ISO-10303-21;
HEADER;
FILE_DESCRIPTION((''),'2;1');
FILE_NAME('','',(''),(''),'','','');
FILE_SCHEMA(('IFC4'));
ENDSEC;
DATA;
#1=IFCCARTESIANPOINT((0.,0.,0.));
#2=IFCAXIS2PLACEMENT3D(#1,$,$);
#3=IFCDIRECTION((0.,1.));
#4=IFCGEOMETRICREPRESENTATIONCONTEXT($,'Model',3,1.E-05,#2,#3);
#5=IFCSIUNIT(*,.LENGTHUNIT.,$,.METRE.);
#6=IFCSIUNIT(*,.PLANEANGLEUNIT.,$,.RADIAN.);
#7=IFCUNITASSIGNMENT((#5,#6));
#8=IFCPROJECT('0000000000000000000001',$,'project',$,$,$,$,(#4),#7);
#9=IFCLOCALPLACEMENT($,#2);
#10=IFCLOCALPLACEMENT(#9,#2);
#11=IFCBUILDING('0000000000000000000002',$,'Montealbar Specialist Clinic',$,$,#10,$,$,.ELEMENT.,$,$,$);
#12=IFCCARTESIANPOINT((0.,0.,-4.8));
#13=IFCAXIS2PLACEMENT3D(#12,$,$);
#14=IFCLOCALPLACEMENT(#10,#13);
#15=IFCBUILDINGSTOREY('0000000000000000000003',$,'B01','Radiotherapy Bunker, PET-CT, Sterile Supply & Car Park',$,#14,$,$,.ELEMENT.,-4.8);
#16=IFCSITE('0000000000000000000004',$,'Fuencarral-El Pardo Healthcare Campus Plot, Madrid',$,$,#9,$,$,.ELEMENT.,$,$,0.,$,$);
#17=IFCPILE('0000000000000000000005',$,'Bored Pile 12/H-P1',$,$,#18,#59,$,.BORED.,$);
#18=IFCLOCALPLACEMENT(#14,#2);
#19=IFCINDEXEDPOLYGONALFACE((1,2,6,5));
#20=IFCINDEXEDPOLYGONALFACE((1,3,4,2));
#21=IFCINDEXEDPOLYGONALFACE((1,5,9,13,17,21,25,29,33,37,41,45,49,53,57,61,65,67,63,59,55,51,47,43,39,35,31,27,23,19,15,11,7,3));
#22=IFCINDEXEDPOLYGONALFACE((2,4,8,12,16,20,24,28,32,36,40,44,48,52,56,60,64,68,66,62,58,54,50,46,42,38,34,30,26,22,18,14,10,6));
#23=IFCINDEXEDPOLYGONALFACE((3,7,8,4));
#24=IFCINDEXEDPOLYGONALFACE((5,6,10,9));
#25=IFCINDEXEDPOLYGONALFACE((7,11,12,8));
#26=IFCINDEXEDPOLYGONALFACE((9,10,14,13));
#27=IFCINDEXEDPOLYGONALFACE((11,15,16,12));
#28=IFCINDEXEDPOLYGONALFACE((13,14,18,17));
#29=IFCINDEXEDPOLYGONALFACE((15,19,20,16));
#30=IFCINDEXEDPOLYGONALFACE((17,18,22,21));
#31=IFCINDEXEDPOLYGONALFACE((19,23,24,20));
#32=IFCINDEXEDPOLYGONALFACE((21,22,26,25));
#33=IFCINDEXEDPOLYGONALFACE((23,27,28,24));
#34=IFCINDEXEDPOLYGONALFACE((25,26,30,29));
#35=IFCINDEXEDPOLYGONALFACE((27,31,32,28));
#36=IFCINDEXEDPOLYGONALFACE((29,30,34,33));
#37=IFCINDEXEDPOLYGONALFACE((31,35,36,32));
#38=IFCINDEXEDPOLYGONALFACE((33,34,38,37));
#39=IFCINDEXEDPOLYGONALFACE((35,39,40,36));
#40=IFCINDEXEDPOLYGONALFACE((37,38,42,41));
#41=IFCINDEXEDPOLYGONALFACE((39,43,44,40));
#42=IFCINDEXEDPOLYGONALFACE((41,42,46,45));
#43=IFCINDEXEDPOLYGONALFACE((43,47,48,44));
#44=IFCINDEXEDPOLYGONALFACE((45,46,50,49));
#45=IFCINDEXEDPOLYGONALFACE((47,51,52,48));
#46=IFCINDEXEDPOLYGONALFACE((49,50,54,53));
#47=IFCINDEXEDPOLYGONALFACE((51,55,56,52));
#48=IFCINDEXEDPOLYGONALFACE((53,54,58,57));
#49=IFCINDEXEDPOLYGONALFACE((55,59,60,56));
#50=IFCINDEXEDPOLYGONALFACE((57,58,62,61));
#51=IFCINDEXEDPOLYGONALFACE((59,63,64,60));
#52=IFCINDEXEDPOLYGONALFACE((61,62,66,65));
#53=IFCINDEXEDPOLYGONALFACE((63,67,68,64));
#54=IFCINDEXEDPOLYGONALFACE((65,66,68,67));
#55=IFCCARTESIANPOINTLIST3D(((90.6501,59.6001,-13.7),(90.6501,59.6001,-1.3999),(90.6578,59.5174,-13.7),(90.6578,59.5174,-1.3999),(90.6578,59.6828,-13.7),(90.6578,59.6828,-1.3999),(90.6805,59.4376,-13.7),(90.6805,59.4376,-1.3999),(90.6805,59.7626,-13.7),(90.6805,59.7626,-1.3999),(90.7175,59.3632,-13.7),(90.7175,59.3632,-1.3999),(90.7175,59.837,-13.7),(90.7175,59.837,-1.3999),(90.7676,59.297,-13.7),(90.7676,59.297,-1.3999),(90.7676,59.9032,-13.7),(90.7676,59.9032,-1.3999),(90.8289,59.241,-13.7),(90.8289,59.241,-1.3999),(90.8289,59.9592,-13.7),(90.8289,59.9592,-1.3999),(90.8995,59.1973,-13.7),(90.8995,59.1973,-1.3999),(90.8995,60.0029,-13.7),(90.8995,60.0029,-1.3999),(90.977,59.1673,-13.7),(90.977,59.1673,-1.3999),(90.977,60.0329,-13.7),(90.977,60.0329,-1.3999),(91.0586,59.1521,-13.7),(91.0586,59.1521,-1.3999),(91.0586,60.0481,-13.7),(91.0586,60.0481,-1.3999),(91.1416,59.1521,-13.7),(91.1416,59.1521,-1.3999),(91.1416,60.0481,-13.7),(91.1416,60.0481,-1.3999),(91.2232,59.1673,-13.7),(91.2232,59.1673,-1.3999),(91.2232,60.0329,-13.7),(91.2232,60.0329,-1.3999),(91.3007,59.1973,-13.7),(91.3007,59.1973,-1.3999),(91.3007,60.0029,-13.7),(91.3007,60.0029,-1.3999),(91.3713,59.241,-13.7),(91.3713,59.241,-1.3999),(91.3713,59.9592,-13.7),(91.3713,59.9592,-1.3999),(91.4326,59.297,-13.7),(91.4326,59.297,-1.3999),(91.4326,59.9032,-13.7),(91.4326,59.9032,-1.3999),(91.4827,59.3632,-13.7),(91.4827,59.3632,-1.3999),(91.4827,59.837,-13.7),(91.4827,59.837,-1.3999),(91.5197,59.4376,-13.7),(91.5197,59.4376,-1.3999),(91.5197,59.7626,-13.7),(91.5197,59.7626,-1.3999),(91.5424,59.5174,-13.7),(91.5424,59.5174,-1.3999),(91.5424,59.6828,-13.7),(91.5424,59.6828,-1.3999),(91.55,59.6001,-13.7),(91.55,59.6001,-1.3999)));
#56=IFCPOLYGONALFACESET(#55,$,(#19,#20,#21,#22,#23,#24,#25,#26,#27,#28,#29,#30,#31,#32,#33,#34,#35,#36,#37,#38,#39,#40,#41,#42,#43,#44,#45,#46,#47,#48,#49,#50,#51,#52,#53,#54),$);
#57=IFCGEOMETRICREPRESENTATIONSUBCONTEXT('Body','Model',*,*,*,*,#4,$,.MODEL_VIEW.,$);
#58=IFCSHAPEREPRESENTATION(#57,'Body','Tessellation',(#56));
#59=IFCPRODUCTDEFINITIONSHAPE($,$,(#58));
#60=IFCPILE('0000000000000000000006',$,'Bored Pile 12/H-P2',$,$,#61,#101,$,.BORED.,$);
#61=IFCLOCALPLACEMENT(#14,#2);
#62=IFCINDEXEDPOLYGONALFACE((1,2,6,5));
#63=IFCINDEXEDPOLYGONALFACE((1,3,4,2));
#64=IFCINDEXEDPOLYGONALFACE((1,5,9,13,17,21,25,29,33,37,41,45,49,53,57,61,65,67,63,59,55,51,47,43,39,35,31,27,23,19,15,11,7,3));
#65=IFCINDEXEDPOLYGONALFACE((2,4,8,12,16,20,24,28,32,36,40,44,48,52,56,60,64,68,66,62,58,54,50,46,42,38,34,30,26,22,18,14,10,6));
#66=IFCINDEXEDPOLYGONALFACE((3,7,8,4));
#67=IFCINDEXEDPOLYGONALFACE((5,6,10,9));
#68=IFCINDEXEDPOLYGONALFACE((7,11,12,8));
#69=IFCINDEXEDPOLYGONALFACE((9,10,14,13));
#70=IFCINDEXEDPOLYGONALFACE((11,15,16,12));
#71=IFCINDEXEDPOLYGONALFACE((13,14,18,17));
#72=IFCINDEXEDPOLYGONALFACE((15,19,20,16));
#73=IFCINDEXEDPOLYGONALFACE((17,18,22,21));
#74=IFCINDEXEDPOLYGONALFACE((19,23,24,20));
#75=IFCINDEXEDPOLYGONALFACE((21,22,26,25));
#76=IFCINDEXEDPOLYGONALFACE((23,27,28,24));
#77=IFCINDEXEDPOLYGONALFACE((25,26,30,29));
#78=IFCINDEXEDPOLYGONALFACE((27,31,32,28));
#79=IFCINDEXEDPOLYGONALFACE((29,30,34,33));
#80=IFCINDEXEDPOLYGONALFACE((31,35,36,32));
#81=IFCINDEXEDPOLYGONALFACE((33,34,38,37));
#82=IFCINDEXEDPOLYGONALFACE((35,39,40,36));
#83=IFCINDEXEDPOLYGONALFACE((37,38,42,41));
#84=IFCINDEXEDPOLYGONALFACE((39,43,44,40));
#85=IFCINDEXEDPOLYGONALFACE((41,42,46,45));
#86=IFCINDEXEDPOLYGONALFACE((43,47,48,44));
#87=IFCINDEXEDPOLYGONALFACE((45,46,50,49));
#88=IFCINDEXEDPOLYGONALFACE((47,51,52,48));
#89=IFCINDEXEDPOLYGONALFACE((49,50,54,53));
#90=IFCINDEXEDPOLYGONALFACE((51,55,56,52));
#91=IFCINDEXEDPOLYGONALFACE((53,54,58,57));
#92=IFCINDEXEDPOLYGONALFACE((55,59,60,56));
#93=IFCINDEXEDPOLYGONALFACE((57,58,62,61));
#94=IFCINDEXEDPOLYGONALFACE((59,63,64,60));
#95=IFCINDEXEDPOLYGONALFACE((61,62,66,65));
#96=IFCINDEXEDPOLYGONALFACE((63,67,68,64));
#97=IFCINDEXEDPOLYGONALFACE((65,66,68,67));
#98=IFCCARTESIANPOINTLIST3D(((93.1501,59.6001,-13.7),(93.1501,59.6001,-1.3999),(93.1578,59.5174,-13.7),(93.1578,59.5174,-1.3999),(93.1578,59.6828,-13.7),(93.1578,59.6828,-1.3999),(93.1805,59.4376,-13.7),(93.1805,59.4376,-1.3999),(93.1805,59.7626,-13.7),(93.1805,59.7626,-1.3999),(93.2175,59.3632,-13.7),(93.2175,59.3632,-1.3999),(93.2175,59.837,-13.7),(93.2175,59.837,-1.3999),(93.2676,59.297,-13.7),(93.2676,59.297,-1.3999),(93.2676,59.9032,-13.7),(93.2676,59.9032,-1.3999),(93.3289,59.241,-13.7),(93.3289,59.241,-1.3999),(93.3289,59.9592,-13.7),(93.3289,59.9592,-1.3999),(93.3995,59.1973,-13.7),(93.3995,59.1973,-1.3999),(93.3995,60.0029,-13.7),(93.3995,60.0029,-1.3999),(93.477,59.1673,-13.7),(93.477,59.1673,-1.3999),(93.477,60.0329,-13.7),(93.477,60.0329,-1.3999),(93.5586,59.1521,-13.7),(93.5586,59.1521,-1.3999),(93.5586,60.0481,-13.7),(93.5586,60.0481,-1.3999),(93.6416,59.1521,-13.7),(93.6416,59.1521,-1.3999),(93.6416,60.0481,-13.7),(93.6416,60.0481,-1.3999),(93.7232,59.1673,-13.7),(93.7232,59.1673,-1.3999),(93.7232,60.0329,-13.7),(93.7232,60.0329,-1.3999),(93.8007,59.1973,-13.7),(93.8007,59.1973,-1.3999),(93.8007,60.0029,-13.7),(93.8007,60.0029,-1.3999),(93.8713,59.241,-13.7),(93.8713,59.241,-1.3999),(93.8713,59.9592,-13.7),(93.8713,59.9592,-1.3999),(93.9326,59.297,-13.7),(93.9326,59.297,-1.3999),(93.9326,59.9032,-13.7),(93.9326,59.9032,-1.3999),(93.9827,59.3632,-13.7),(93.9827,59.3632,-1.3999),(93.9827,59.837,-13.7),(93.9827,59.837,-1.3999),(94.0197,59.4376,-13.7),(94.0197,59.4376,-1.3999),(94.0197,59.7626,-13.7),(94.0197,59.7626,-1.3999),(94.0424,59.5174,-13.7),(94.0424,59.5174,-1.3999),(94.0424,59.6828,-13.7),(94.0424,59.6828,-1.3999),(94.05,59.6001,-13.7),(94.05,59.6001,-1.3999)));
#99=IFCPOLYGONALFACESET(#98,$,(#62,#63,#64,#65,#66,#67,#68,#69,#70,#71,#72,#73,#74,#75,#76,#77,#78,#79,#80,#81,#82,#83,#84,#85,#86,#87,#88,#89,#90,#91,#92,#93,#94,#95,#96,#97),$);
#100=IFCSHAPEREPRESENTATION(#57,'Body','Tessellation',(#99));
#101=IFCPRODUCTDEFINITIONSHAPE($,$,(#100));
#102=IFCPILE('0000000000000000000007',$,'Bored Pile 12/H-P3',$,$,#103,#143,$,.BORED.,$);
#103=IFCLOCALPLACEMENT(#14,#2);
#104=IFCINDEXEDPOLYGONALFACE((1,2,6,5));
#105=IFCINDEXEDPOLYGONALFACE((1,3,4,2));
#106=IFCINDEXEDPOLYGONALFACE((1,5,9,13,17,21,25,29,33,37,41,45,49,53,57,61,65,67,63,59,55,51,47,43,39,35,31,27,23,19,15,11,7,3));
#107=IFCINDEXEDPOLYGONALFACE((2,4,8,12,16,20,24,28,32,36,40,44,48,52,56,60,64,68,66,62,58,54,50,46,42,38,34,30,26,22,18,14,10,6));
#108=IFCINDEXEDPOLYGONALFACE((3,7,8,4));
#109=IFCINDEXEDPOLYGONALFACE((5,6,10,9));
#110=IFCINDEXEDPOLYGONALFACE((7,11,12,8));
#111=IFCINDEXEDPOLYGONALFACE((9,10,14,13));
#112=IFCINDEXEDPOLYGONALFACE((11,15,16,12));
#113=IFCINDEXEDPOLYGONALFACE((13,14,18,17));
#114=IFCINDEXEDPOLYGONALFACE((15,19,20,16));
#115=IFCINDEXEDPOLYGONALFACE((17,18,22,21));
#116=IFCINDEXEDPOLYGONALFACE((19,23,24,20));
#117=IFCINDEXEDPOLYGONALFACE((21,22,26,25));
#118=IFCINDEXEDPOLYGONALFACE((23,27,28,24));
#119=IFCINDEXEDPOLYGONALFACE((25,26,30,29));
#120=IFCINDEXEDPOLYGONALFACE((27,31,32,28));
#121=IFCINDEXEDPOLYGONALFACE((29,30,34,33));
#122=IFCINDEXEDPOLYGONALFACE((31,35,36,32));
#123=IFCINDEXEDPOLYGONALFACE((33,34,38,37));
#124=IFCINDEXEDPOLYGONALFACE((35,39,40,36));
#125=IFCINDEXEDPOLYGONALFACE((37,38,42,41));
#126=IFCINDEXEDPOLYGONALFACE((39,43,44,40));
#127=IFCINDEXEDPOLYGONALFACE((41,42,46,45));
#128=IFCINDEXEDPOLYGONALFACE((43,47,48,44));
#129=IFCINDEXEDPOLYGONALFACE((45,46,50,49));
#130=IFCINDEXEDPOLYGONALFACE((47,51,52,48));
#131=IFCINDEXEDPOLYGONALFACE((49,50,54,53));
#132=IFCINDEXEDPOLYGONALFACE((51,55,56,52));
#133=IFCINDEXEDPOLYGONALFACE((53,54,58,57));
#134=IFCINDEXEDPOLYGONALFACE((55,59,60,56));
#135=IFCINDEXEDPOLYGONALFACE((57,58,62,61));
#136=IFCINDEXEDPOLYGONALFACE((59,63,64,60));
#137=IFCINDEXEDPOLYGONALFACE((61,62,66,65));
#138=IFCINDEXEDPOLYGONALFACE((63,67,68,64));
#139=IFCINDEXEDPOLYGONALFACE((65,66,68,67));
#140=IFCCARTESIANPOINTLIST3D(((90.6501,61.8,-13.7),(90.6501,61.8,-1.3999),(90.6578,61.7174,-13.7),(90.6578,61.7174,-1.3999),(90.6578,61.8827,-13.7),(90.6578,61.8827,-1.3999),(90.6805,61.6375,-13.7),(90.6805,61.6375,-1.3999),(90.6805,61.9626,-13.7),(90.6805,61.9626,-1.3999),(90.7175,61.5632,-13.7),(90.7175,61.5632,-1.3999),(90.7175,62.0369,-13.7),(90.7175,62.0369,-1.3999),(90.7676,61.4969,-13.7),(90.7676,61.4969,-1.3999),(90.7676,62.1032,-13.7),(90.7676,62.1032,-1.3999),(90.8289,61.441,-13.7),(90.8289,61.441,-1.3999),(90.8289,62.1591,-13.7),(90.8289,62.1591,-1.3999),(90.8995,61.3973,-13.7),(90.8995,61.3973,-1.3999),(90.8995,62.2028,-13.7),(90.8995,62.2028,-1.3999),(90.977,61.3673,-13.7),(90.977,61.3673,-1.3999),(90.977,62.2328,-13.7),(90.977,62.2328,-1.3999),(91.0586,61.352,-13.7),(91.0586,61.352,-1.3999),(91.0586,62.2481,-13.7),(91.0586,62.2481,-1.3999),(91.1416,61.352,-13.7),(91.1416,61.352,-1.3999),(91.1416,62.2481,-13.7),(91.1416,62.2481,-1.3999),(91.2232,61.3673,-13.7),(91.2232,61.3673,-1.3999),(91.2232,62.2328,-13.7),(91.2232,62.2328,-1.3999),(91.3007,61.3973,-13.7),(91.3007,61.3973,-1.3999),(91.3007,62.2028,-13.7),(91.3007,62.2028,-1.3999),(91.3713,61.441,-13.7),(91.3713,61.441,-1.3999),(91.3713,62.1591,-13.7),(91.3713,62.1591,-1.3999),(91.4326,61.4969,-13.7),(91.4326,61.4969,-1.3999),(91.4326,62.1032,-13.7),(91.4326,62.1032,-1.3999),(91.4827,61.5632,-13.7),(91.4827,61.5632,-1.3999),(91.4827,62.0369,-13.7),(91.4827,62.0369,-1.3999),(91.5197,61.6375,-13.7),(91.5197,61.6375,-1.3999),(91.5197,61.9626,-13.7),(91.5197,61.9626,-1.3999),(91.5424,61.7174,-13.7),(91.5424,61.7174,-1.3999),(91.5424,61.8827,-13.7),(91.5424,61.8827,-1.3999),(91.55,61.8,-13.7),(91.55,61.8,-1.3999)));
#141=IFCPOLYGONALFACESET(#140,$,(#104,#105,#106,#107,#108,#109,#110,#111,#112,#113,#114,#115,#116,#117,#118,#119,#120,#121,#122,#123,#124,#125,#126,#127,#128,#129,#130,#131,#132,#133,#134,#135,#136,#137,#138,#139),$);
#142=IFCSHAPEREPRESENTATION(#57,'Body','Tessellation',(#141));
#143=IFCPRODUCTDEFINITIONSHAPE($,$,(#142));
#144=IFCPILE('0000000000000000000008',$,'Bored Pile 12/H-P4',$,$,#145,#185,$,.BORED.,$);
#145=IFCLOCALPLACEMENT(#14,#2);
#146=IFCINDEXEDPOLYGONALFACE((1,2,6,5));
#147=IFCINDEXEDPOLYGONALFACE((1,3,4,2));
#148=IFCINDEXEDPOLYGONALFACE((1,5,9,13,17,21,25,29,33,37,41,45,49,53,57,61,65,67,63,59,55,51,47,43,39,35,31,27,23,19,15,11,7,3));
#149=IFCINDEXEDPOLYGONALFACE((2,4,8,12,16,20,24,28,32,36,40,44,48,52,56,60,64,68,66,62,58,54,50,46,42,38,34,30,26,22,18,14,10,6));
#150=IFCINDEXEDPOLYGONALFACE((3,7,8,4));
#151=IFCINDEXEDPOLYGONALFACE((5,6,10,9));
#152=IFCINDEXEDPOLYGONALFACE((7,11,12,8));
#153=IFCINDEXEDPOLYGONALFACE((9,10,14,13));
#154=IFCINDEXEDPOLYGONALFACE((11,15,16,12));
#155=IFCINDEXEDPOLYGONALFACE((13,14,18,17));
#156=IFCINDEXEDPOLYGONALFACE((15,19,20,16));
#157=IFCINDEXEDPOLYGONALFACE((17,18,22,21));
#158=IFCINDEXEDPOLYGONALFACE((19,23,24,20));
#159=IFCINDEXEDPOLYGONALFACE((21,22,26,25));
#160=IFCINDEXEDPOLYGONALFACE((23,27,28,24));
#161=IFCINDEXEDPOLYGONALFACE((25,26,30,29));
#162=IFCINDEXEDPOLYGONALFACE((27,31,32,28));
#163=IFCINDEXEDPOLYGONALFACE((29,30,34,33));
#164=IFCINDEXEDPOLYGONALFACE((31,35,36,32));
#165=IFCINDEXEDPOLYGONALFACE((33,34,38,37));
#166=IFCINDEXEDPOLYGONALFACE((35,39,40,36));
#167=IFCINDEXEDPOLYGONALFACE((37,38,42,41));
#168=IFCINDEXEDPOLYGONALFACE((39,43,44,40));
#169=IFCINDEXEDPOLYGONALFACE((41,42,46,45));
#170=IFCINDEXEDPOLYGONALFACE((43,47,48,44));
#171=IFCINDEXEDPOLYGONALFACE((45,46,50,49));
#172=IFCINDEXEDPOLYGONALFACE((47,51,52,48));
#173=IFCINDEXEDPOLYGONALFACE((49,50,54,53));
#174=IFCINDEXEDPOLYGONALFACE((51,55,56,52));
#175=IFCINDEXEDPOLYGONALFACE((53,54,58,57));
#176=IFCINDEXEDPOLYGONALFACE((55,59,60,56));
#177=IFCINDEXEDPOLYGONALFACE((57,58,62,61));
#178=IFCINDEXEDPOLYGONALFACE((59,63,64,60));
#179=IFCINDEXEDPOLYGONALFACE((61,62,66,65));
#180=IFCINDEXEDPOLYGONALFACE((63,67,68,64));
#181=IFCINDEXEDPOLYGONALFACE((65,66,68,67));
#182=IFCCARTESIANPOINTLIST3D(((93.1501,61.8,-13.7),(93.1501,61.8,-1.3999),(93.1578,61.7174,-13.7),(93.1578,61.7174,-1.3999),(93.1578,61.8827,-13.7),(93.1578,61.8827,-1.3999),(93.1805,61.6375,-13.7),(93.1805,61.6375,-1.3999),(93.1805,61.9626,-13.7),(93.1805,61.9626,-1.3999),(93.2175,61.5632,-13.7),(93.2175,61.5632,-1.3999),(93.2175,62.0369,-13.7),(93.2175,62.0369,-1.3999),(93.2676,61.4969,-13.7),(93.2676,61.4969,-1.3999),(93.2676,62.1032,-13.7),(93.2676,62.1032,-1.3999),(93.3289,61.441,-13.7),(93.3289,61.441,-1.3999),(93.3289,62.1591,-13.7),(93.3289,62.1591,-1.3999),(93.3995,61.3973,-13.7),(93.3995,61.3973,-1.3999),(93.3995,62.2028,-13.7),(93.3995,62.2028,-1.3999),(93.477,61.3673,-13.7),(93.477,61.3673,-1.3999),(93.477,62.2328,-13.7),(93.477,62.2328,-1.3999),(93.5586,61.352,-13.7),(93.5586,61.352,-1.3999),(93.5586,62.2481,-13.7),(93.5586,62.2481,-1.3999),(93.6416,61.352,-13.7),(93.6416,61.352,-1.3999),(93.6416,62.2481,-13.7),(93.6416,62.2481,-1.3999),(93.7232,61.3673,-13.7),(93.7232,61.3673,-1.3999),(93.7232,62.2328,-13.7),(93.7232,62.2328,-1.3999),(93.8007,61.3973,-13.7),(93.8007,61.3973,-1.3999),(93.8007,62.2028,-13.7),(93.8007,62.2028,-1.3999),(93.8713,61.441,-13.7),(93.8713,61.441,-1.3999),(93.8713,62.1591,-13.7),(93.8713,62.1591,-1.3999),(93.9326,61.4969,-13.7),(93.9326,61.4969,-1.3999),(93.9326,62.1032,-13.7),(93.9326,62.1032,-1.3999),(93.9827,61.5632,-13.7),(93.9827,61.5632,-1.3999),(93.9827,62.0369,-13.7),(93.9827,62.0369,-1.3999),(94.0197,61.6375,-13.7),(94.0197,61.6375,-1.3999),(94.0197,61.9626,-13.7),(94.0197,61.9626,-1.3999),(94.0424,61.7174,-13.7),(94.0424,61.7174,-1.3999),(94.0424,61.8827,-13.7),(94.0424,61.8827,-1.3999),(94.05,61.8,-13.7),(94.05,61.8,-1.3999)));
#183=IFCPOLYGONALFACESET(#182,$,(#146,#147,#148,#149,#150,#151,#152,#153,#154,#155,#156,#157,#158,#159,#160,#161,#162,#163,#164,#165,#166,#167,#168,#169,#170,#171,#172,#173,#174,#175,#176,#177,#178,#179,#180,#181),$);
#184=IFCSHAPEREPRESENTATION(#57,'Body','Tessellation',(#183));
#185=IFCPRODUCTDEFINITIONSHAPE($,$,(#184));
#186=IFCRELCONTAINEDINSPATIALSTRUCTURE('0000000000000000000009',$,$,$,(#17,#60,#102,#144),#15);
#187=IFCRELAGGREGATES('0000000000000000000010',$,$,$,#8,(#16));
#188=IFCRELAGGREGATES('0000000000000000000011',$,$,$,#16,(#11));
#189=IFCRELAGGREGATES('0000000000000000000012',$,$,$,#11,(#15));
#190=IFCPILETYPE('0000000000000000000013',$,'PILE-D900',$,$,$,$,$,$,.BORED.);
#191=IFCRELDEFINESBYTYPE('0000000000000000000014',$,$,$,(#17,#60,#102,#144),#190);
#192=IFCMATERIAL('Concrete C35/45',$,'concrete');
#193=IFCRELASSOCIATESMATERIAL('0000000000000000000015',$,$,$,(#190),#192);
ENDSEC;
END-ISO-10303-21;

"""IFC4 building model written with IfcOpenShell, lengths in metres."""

from ifc_helpers import new_model, si_unit, direction, frame, origin, origin_2d, place, context, subcontext, project, spatial, circle, extrude, material, material_profile, profile_set, type_object, element, save


model = new_model("IFC4")

# Units and contexts
model_context = context("Model", 3, precision=1e-05, world=origin(), true_north=direction((0.0, 1.0)))
body_context = subcontext(model_context, "Body", "Model", "MODEL_VIEW")
ifc_project = project(units=[si_unit("LENGTHUNIT", "METRE"), si_unit("PLANEANGLEUNIT", "RADIAN")], contexts=[model_context])

# Site, building, storey
site_placement = place(None, origin())
site = spatial("IfcSite", under=ifc_project, at=site_placement, Name="Fuencarral-El Pardo Healthcare Campus Plot, Madrid", CompositionType="ELEMENT", RefElevation=0.0)
building_placement = place(site_placement, origin())
building = spatial("IfcBuilding", under=site, at=building_placement, Name="Montealbar Specialist Clinic", CompositionType="ELEMENT")
storey_placement = place(building_placement, frame((0.0, 0.0, -4.8)))
storey = spatial("IfcBuildingStorey", under=building, at=storey_placement, Name="B01", Description="Radiotherapy Bunker, PET-CT, Sterile Supply & Car Park", CompositionType="ELEMENT", Elevation=-4.8)

# Shared definitions
ifc_material_1 = material(Name="Concrete C35/45", Category="concrete")

# Piles
ifc_material_profile_1 = material_profile(ifc_material_1, circle(Radius=0.45, at=origin_2d()), Name="PILE D900", Category="concrete")
ifc_profile_set_1 = profile_set([ifc_material_profile_1], Name="Concrete C35/45")
pile_type_1 = type_object("IfcPileType", Name="PILE-D900", PredefinedType="BORED", material=ifc_profile_set_1)
for number, where, z_axis, x_axis, name in (
    (1, (91.1001, 59.6001, -1.3999), (0.0, 0.0, -1.0), (1.0, 0.0, 0.0), "Bored Pile 12/H-P1"),
    (2, (93.6001, 59.6001, -1.3999), (0.0, 0.0, -1.0), (1.0, 0.0, 0.0), "Bored Pile 12/H-P2"),
    (3, (91.1001, 61.8, -1.3999), (0.0, 0.0, -1.0), (1.0, 0.0, 0.0), "Bored Pile 12/H-P3"),
    (4, (93.6001, 61.8, -1.3999), (0.0, 0.0, -1.0), (1.0, 0.0, 0.0), "Bored Pile 12/H-P4"),
):
    element("IfcPile", number, at=place(storey_placement, frame(where, z_axis=z_axis, x_axis=x_axis)), inside=storey, type_object=pile_type_1, Name=name, PredefinedType="BORED", context=body_context, shape_type="SweptSolid", body=[
        extrude(circle(Radius=0.45, at=origin_2d()), origin(), (0.0, 0.0, 1.0), 12.3),
    ])

save(model, "model.ifc")
